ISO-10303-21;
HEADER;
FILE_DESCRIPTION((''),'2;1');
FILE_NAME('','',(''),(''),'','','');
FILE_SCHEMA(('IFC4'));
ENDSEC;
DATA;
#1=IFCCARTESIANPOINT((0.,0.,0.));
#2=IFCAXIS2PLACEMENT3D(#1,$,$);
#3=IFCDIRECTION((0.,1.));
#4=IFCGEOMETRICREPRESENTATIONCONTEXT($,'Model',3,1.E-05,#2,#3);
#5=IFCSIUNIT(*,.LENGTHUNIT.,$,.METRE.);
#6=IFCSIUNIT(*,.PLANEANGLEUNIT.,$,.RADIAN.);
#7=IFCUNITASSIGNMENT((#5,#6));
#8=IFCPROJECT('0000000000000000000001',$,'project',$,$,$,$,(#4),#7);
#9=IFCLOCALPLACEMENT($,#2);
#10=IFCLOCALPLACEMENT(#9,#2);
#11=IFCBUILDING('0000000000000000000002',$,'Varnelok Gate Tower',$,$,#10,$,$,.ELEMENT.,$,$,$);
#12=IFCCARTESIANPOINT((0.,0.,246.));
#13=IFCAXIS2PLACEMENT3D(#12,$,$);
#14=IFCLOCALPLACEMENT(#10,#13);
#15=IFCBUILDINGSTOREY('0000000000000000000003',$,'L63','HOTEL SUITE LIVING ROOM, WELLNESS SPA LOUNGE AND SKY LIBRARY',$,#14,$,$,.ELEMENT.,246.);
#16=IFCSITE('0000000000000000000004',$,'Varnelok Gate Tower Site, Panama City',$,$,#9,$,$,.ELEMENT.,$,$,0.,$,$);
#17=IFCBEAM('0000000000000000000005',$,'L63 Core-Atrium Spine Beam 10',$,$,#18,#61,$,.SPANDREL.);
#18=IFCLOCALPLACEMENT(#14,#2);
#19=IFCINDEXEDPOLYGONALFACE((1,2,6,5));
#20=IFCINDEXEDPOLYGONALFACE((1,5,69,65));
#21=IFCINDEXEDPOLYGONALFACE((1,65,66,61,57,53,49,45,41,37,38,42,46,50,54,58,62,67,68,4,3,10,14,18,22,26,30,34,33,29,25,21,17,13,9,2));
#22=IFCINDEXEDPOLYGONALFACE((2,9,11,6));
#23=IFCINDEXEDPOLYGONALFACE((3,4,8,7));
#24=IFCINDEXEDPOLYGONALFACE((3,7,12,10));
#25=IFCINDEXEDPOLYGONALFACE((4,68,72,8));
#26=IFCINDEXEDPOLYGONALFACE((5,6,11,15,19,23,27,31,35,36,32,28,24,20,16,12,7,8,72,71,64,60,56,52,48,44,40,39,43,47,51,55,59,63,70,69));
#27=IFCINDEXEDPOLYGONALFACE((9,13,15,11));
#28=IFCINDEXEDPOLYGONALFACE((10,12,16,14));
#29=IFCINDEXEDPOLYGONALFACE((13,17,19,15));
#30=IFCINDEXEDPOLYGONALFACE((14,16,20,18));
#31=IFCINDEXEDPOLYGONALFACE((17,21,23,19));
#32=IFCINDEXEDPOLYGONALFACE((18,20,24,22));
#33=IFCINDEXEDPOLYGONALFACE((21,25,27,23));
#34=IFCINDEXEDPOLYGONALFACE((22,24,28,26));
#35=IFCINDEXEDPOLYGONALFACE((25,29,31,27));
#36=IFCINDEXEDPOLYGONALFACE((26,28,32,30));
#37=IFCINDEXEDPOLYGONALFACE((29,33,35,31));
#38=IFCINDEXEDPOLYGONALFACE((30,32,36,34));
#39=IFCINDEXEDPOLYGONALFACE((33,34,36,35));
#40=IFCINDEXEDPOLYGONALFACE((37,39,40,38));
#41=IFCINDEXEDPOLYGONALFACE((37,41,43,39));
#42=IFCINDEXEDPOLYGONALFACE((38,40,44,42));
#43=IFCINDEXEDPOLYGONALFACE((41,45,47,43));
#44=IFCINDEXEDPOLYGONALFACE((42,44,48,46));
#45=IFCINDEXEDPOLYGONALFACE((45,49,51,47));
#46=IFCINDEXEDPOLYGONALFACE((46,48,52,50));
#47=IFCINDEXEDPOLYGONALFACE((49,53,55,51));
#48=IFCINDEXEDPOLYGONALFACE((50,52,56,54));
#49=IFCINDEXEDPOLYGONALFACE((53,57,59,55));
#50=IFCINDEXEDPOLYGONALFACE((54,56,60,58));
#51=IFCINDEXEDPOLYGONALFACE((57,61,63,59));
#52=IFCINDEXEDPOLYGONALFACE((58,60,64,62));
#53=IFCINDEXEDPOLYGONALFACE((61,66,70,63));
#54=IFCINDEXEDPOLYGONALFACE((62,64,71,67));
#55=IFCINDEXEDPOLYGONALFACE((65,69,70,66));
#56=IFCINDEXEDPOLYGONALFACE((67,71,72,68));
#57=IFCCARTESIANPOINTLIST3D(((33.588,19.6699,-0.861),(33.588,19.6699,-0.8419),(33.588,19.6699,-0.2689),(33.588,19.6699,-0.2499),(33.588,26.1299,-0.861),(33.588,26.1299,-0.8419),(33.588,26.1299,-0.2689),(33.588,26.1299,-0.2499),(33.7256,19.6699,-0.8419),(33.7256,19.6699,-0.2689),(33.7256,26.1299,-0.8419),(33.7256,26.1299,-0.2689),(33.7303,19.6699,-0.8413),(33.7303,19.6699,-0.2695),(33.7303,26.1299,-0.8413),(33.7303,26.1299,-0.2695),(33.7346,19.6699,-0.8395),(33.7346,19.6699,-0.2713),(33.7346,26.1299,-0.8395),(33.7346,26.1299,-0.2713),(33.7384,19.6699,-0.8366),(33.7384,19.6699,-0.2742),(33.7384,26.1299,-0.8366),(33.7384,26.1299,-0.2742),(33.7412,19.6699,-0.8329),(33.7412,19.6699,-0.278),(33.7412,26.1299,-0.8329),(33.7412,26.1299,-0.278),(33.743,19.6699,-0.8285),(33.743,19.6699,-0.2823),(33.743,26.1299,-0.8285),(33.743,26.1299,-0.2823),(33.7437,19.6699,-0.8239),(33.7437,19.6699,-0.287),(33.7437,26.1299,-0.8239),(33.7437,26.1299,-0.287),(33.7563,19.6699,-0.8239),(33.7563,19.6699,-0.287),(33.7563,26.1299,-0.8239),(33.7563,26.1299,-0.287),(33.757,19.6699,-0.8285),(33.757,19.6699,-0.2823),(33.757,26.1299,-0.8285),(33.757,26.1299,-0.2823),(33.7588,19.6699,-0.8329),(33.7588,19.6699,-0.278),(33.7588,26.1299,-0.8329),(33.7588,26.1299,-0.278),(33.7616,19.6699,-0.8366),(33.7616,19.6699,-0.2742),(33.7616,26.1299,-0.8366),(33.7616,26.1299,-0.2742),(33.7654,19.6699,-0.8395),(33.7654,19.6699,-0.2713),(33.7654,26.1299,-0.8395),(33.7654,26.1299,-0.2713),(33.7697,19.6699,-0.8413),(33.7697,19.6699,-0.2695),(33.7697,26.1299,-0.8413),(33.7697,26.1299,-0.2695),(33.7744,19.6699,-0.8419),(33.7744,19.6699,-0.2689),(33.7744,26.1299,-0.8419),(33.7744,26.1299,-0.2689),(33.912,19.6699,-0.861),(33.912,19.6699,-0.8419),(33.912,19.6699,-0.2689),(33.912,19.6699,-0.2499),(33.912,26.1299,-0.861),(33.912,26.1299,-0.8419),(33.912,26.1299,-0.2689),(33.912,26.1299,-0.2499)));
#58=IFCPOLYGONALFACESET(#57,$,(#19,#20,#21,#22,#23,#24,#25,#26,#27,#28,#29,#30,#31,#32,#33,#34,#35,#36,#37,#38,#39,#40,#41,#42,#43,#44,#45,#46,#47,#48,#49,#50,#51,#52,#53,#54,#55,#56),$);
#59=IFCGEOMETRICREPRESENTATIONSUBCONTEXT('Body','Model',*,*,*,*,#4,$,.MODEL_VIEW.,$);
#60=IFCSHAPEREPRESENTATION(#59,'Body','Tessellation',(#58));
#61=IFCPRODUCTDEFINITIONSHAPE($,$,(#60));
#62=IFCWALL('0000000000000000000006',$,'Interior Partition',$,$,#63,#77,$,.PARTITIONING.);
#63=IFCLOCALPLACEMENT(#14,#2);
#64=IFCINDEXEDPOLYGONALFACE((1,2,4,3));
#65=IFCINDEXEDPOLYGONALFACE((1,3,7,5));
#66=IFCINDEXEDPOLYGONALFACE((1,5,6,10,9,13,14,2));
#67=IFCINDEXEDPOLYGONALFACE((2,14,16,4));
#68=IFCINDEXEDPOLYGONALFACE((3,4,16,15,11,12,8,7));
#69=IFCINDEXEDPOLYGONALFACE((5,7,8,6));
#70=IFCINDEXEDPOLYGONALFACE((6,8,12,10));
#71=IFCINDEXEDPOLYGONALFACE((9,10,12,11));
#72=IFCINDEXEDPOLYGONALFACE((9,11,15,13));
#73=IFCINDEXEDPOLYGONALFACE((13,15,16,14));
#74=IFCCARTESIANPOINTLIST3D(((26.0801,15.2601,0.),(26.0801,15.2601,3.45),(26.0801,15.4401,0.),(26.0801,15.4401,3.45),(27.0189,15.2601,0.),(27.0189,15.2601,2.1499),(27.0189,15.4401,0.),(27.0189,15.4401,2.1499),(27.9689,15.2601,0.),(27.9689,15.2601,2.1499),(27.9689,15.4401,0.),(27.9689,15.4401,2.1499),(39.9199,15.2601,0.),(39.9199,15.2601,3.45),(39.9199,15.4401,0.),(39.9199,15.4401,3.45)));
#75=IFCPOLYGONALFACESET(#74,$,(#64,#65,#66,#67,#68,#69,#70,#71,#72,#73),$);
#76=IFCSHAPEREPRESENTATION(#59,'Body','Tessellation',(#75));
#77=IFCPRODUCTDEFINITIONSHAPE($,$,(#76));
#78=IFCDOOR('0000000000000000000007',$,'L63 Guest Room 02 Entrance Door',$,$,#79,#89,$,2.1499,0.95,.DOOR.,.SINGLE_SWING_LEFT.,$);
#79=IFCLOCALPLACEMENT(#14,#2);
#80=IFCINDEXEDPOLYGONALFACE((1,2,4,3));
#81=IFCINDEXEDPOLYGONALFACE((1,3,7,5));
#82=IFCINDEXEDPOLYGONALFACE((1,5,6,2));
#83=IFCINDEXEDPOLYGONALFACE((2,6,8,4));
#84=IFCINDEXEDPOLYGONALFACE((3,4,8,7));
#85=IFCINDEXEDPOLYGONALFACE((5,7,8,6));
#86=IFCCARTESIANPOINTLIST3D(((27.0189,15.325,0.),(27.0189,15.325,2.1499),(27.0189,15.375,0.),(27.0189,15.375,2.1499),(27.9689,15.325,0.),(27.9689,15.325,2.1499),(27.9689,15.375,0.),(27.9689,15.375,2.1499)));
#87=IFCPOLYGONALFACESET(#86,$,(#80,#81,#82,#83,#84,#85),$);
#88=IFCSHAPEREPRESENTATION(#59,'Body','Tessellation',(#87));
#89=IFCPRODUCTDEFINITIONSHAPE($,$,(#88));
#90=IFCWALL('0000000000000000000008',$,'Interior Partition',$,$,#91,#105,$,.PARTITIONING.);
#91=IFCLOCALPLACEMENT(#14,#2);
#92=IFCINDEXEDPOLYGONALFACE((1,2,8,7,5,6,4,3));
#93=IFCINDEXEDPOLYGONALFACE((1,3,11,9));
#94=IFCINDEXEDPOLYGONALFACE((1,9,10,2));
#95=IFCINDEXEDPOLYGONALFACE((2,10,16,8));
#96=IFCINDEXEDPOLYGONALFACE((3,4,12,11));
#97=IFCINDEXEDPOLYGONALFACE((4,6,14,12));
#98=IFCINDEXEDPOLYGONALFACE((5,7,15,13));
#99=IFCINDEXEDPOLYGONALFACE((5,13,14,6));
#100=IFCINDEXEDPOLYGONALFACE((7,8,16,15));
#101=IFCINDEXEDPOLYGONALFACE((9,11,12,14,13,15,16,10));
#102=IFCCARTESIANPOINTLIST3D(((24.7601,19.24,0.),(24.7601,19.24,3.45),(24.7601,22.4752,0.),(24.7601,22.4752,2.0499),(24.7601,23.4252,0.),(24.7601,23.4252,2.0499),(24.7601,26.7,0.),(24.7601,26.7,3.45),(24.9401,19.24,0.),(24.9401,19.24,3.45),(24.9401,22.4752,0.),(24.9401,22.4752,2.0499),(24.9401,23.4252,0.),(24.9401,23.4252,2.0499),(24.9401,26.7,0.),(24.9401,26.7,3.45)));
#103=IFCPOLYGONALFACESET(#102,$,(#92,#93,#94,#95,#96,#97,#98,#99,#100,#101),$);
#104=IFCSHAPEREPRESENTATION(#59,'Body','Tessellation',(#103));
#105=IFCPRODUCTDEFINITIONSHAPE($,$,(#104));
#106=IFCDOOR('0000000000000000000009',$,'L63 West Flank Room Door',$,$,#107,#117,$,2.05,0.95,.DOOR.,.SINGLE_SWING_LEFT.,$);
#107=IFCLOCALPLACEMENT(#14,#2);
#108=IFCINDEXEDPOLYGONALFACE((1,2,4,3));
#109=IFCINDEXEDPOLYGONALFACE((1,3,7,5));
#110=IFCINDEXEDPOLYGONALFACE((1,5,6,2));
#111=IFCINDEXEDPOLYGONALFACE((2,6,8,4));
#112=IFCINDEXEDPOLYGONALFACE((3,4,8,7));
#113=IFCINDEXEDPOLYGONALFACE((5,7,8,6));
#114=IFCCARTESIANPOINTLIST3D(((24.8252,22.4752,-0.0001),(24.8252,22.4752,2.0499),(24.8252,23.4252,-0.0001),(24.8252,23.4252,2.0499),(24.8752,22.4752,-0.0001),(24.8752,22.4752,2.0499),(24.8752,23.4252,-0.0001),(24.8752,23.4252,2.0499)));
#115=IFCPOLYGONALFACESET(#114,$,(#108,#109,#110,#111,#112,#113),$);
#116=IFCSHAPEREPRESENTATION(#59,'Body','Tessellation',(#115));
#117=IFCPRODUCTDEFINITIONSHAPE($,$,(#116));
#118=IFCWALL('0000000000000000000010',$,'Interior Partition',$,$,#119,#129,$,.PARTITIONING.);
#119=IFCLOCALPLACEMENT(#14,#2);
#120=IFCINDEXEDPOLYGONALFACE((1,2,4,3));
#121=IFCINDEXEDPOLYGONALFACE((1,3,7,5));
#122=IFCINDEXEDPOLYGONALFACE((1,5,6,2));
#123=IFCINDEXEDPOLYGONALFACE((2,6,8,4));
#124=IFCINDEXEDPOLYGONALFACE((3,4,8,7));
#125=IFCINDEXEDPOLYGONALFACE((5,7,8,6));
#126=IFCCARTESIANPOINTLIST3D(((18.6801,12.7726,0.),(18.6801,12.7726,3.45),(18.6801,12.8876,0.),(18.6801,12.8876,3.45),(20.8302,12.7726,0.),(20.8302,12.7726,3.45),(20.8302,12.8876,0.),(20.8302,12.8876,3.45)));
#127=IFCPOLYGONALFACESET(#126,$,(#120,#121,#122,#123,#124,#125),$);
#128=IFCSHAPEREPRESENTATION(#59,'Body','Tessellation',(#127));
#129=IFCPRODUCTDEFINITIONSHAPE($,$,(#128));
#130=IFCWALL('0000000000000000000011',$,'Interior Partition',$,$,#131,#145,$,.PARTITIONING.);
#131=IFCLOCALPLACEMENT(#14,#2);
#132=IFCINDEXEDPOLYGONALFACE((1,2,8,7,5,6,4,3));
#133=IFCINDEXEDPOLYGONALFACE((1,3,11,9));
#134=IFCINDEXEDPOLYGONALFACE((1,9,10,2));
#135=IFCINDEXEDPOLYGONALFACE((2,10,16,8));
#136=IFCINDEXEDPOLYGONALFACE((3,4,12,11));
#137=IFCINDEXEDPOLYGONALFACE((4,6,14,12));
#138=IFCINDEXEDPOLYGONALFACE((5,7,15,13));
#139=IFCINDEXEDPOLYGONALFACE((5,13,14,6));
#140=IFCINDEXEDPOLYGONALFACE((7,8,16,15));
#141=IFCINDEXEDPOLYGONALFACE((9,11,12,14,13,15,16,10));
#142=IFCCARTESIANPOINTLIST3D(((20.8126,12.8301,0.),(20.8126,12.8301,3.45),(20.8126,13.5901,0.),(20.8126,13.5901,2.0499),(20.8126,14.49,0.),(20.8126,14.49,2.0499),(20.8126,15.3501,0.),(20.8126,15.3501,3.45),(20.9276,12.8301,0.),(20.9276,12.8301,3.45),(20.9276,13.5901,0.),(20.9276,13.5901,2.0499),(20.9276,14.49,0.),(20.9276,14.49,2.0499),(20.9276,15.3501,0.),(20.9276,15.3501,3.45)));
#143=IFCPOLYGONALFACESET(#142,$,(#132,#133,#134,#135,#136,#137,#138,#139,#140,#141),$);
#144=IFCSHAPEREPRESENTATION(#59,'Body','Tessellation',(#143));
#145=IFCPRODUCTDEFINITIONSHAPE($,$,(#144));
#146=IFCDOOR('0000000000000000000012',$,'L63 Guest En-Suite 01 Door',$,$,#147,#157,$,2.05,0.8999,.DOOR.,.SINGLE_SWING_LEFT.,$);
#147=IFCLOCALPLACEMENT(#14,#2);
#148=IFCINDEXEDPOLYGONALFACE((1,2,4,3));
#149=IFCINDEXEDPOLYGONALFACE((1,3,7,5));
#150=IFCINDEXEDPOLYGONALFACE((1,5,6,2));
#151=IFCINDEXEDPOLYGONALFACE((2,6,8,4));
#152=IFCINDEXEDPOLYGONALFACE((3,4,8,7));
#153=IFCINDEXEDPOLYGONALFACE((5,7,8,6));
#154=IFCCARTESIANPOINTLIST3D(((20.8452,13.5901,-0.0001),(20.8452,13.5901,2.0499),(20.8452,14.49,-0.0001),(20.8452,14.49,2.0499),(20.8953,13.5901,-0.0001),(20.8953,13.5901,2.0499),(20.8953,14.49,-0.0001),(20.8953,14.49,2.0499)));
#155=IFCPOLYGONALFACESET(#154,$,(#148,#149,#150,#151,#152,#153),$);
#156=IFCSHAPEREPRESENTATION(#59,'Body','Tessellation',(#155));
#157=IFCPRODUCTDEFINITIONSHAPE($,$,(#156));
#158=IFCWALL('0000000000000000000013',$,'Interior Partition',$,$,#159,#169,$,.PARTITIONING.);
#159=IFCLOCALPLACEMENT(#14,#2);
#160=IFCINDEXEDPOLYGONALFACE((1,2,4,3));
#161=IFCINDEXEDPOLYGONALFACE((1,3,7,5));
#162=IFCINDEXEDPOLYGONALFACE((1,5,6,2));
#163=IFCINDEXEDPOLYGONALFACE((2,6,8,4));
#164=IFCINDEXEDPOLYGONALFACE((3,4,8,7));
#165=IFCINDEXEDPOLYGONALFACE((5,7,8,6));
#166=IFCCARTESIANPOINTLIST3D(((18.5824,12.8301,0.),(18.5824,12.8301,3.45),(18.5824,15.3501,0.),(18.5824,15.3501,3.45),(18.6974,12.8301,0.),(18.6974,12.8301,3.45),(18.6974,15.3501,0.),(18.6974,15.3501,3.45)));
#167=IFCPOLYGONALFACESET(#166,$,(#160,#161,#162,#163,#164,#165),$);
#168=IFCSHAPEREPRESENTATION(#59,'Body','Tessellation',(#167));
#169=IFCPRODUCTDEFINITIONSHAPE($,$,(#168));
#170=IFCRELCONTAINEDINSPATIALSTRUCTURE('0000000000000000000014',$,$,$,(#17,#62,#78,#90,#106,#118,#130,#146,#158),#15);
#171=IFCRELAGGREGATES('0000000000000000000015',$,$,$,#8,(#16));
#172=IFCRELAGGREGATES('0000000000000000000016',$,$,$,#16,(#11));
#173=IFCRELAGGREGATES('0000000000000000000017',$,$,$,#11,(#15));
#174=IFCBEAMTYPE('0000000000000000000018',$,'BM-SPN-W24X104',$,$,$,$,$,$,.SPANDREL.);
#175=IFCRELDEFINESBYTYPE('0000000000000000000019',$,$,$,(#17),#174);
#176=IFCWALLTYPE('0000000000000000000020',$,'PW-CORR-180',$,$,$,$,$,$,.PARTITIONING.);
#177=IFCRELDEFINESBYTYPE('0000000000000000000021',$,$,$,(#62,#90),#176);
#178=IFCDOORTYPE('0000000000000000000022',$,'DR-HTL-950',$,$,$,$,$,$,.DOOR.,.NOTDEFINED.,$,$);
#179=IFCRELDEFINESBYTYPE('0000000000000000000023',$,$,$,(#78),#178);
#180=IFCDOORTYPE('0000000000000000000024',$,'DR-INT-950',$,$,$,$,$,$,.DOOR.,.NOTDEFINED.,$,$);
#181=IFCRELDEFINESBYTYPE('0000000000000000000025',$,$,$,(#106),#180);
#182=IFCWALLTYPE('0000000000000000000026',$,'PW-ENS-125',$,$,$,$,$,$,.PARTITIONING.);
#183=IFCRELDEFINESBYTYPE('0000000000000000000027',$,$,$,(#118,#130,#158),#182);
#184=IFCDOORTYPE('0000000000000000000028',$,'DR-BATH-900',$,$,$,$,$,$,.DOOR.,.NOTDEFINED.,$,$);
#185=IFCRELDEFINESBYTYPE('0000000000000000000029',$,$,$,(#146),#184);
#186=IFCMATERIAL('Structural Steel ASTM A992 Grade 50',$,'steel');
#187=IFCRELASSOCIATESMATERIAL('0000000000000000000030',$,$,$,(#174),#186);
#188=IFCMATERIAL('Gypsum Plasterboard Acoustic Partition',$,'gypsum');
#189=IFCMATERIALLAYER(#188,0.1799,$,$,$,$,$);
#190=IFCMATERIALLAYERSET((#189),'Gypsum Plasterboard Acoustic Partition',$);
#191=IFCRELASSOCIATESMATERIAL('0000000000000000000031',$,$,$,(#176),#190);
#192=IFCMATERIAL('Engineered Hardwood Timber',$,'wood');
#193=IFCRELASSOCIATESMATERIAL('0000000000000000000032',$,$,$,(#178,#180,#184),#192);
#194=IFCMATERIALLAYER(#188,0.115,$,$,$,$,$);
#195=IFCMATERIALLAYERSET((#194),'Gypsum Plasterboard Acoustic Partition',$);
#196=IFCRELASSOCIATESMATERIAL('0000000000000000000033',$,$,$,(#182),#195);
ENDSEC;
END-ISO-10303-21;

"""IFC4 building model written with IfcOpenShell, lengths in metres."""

from ifc_helpers import new_model, si_unit, direction, frame, frame_2d, origin, origin_2d, place, context, subcontext, project, spatial, rectangle, i_section, extrude, material, layer, layer_set, material_profile, profile_set, type_object, element, fill, save


model = new_model("IFC4")

# Units and contexts
model_context = context("Model", 3, precision=1e-05, world=origin(), true_north=direction((0.0, 1.0)))
body_context = subcontext(model_context, "Body", "Model", "MODEL_VIEW")
ifc_project = project(units=[si_unit("LENGTHUNIT", "METRE"), si_unit("PLANEANGLEUNIT", "RADIAN")], contexts=[model_context])

# Site, building, storey
site_placement = place(None, origin())
site = spatial("IfcSite", under=ifc_project, at=site_placement, Name="Varnelok Gate Tower Site, Panama City", CompositionType="ELEMENT", RefElevation=0.0)
building_placement = place(site_placement, origin())
building = spatial("IfcBuilding", under=site, at=building_placement, Name="Varnelok Gate Tower", CompositionType="ELEMENT")
storey_placement = place(building_placement, frame((0.0, 0.0, 246.0)))
storey = spatial("IfcBuildingStorey", under=building, at=storey_placement, Name="L63", Description="HOTEL SUITE LIVING ROOM, WELLNESS SPA LOUNGE AND SKY LIBRARY", CompositionType="ELEMENT", Elevation=246.0)

# Shared definitions
ifc_material_1 = material(Name="Structural Steel ASTM A992 Grade 50", Category="steel")

# Beam
ifc_material_profile_1 = material_profile(ifc_material_1, i_section(OverallWidth=0.324, OverallDepth=0.6111, WebThickness=0.0127, FlangeThickness=0.019, FilletRadius=0.0181, at=origin_2d()), Name="W24X104")
ifc_profile_set_1 = profile_set([ifc_material_profile_1], Name="Structural Steel ASTM A992 Grade 50")
beam_type_1 = type_object("IfcBeamType", Name="BM-SPN-W24X104", PredefinedType="SPANDREL", material=ifc_profile_set_1)
beam_1_placement = place(storey_placement, frame((33.75, 19.6699, -0.5554), z_axis=(0.0, 1.0, 0.0), x_axis=(-1.0, 0.0, 0.0)))
element("IfcBeam", 1, at=beam_1_placement, inside=storey, type_object=beam_type_1, Name="L63 Core-Atrium Spine Beam 10", PredefinedType="SPANDREL", context=body_context, shape_type="SweptSolid", body=[
    extrude(i_section(OverallWidth=0.324, OverallDepth=0.6111, WebThickness=0.0127, FlangeThickness=0.019, FilletRadius=0.0181, at=origin_2d()), origin(), (0.0, 0.0, 1.0), 6.46),
])

# Walls, openings, doors
ifc_material_2 = material(Name="Gypsum Plasterboard Acoustic Partition", Category="gypsum")
ifc_layer_1 = layer(ifc_material_2, 0.1799)
ifc_layer_set_1 = layer_set([ifc_layer_1], Name="Gypsum Plasterboard Acoustic Partition")
wall_type_1 = type_object("IfcWallType", Name="PW-CORR-180", PredefinedType="PARTITIONING", material=ifc_layer_set_1)
wall_1_placement = place(storey_placement, frame((26.0801, 15.3501, 0.0), z_axis=(0.0, 0.0, 1.0), x_axis=(1.0, 0.0, 0.0)))
wall_1 = element("IfcWall", 2, at=wall_1_placement, inside=storey, type_object=wall_type_1, Name="Interior Partition", PredefinedType="PARTITIONING", context=body_context, shape_type="SweptSolid", body=[
    extrude(rectangle(XDim=13.8398, YDim=0.1799, at=frame_2d((6.9199, 0.0))), origin(), (0.0, 0.0, 1.0), 3.45),
])
opening_1_placement = place(wall_1_placement, frame((0.9387, 0.0, 0.0)))
opening_1 = element("IfcOpeningElement", 3, at=opening_1_placement, cuts=wall_1, PredefinedType="OPENING", context=body_context, shape_type="SweptSolid", body=[
    extrude(rectangle(XDim=0.95, YDim=2.1499, at=frame_2d((0.4751, 1.075))), frame((0.0, 0.0999, 0.0), z_axis=(0.0, -1.0, 0.0), x_axis=(1.0, 0.0, 0.0)), (0.0, 0.0, 1.0), 0.2),
])
ifc_material_3 = material(Name="Engineered Hardwood Timber", Category="wood")
door_type_1 = type_object("IfcDoorType", Name="DR-HTL-950", OperationType="NOTDEFINED", PredefinedType="DOOR", material=ifc_material_3)
door_1_placement = place(opening_1_placement, origin())
door_1 = element("IfcDoor", 4, at=door_1_placement, inside=storey, type_object=door_type_1, Name="L63 Guest Room 02 Entrance Door", OperationType="SINGLE_SWING_LEFT", OverallHeight=2.1499, OverallWidth=0.95, PredefinedType="DOOR", context=body_context, shape_type="SweptSolid", body=[
    extrude(rectangle(XDim=0.95, YDim=2.1499, at=frame_2d((0.4751, 1.075))), frame((0.0, 0.0249, 0.0), z_axis=(0.0, -1.0, 0.0), x_axis=(1.0, 0.0, 0.0)), (0.0, 0.0, 1.0), 0.05),
])
fill(opening_1, door_1)
wall_2_placement = place(storey_placement, frame((24.8501, 19.24, 0.0), z_axis=(0.0, 0.0, 1.0), x_axis=(0.0, 1.0, 0.0)))
wall_2 = element("IfcWall", 5, at=wall_2_placement, inside=storey, type_object=wall_type_1, Name="Interior Partition", PredefinedType="PARTITIONING", context=body_context, shape_type="SweptSolid", body=[
    extrude(rectangle(XDim=7.46, YDim=0.1799, at=frame_2d((3.73, 0.0))), origin(), (0.0, 0.0, 1.0), 3.45),
])
opening_2_placement = place(wall_2_placement, frame((3.2351, 0.0, 0.0)))
opening_2 = element("IfcOpeningElement", 6, at=opening_2_placement, cuts=wall_2, PredefinedType="OPENING", context=body_context, shape_type="SweptSolid", body=[
    extrude(rectangle(XDim=0.95, YDim=2.05, at=frame_2d((0.4751, 1.0249))), frame((0.0, 0.0999, 0.0), z_axis=(0.0, -1.0, 0.0), x_axis=(1.0, 0.0, 0.0)), (0.0, 0.0, 1.0), 0.2),
])
door_type_2 = type_object("IfcDoorType", Name="DR-INT-950", OperationType="NOTDEFINED", PredefinedType="DOOR", material=ifc_material_3)
door_2_placement = place(opening_2_placement, origin())
door_2 = element("IfcDoor", 7, at=door_2_placement, inside=storey, type_object=door_type_2, Name="L63 West Flank Room Door", OperationType="SINGLE_SWING_LEFT", OverallHeight=2.05, OverallWidth=0.95, PredefinedType="DOOR", context=body_context, shape_type="SweptSolid", body=[
    extrude(rectangle(XDim=0.95, YDim=2.05, at=frame_2d((0.4751, 1.0249))), frame((0.0, 0.0249, 0.0), z_axis=(0.0, -1.0, 0.0), x_axis=(1.0, 0.0, 0.0)), (0.0, 0.0, 1.0), 0.05),
])
fill(opening_2, door_2)

# Wall
ifc_layer_2 = layer(ifc_material_2, 0.115)
ifc_layer_set_2 = layer_set([ifc_layer_2], Name="Gypsum Plasterboard Acoustic Partition")
wall_type_2 = type_object("IfcWallType", Name="PW-ENS-125", PredefinedType="PARTITIONING", material=ifc_layer_set_2)
wall_3_placement = place(storey_placement, frame((18.6799, 12.8301, 0.0), z_axis=(0.0, 0.0, 1.0), x_axis=(1.0, 0.0, 0.0)))
element("IfcWall", 8, at=wall_3_placement, inside=storey, type_object=wall_type_2, Name="Interior Partition", PredefinedType="PARTITIONING", context=body_context, shape_type="SweptSolid", body=[
    extrude(rectangle(XDim=2.1501, YDim=0.115, at=frame_2d((1.0752, 0.0))), origin(), (0.0, 0.0, 1.0), 3.45),
])

# Wall, opening, door
wall_4_placement = place(storey_placement, frame((20.8701, 12.8301, 0.0), z_axis=(0.0, 0.0, 1.0), x_axis=(0.0, 1.0, 0.0)))
wall_4 = element("IfcWall", 9, at=wall_4_placement, inside=storey, type_object=wall_type_2, Name="Interior Partition", PredefinedType="PARTITIONING", context=body_context, shape_type="SweptSolid", body=[
    extrude(rectangle(XDim=2.52, YDim=0.115, at=frame_2d((1.26, 0.0))), origin(), (0.0, 0.0, 1.0), 3.45),
])
opening_3_placement = place(wall_4_placement, frame((0.76, 0.0, 0.0)))
opening_3 = element("IfcOpeningElement", 10, at=opening_3_placement, cuts=wall_4, PredefinedType="OPENING", context=body_context, shape_type="SweptSolid", body=[
    extrude(rectangle(XDim=0.8999, YDim=2.05, at=frame_2d((0.45, 1.0249))), frame((0.0, 0.0674, 0.0), z_axis=(0.0, -1.0, 0.0), x_axis=(1.0, 0.0, 0.0)), (0.0, 0.0, 1.0), 0.135),
])
door_type_3 = type_object("IfcDoorType", Name="DR-BATH-900", OperationType="NOTDEFINED", PredefinedType="DOOR", material=ifc_material_3)
door_3_placement = place(opening_3_placement, origin())
door_3 = element("IfcDoor", 11, at=door_3_placement, inside=storey, type_object=door_type_3, Name="L63 Guest En-Suite 01 Door", OperationType="SINGLE_SWING_LEFT", OverallHeight=2.05, OverallWidth=0.8999, PredefinedType="DOOR", context=body_context, shape_type="SweptSolid", body=[
    extrude(rectangle(XDim=0.8999, YDim=2.05, at=frame_2d((0.45, 1.0249))), frame((0.0, 0.0249, 0.0), z_axis=(0.0, -1.0, 0.0), x_axis=(1.0, 0.0, 0.0)), (0.0, 0.0, 1.0), 0.05),
])
fill(opening_3, door_3)

# Wall
wall_5_placement = place(storey_placement, frame((18.6399, 12.8301, 0.0), z_axis=(0.0, 0.0, 1.0), x_axis=(0.0, 1.0, 0.0)))
element("IfcWall", 12, at=wall_5_placement, inside=storey, type_object=wall_type_2, Name="Interior Partition", PredefinedType="PARTITIONING", context=body_context, shape_type="SweptSolid", body=[
    extrude(rectangle(XDim=2.52, YDim=0.115, at=frame_2d((1.26, 0.0))), origin(), (0.0, 0.0, 1.0), 3.45),
])

save(model, "model.ifc")
